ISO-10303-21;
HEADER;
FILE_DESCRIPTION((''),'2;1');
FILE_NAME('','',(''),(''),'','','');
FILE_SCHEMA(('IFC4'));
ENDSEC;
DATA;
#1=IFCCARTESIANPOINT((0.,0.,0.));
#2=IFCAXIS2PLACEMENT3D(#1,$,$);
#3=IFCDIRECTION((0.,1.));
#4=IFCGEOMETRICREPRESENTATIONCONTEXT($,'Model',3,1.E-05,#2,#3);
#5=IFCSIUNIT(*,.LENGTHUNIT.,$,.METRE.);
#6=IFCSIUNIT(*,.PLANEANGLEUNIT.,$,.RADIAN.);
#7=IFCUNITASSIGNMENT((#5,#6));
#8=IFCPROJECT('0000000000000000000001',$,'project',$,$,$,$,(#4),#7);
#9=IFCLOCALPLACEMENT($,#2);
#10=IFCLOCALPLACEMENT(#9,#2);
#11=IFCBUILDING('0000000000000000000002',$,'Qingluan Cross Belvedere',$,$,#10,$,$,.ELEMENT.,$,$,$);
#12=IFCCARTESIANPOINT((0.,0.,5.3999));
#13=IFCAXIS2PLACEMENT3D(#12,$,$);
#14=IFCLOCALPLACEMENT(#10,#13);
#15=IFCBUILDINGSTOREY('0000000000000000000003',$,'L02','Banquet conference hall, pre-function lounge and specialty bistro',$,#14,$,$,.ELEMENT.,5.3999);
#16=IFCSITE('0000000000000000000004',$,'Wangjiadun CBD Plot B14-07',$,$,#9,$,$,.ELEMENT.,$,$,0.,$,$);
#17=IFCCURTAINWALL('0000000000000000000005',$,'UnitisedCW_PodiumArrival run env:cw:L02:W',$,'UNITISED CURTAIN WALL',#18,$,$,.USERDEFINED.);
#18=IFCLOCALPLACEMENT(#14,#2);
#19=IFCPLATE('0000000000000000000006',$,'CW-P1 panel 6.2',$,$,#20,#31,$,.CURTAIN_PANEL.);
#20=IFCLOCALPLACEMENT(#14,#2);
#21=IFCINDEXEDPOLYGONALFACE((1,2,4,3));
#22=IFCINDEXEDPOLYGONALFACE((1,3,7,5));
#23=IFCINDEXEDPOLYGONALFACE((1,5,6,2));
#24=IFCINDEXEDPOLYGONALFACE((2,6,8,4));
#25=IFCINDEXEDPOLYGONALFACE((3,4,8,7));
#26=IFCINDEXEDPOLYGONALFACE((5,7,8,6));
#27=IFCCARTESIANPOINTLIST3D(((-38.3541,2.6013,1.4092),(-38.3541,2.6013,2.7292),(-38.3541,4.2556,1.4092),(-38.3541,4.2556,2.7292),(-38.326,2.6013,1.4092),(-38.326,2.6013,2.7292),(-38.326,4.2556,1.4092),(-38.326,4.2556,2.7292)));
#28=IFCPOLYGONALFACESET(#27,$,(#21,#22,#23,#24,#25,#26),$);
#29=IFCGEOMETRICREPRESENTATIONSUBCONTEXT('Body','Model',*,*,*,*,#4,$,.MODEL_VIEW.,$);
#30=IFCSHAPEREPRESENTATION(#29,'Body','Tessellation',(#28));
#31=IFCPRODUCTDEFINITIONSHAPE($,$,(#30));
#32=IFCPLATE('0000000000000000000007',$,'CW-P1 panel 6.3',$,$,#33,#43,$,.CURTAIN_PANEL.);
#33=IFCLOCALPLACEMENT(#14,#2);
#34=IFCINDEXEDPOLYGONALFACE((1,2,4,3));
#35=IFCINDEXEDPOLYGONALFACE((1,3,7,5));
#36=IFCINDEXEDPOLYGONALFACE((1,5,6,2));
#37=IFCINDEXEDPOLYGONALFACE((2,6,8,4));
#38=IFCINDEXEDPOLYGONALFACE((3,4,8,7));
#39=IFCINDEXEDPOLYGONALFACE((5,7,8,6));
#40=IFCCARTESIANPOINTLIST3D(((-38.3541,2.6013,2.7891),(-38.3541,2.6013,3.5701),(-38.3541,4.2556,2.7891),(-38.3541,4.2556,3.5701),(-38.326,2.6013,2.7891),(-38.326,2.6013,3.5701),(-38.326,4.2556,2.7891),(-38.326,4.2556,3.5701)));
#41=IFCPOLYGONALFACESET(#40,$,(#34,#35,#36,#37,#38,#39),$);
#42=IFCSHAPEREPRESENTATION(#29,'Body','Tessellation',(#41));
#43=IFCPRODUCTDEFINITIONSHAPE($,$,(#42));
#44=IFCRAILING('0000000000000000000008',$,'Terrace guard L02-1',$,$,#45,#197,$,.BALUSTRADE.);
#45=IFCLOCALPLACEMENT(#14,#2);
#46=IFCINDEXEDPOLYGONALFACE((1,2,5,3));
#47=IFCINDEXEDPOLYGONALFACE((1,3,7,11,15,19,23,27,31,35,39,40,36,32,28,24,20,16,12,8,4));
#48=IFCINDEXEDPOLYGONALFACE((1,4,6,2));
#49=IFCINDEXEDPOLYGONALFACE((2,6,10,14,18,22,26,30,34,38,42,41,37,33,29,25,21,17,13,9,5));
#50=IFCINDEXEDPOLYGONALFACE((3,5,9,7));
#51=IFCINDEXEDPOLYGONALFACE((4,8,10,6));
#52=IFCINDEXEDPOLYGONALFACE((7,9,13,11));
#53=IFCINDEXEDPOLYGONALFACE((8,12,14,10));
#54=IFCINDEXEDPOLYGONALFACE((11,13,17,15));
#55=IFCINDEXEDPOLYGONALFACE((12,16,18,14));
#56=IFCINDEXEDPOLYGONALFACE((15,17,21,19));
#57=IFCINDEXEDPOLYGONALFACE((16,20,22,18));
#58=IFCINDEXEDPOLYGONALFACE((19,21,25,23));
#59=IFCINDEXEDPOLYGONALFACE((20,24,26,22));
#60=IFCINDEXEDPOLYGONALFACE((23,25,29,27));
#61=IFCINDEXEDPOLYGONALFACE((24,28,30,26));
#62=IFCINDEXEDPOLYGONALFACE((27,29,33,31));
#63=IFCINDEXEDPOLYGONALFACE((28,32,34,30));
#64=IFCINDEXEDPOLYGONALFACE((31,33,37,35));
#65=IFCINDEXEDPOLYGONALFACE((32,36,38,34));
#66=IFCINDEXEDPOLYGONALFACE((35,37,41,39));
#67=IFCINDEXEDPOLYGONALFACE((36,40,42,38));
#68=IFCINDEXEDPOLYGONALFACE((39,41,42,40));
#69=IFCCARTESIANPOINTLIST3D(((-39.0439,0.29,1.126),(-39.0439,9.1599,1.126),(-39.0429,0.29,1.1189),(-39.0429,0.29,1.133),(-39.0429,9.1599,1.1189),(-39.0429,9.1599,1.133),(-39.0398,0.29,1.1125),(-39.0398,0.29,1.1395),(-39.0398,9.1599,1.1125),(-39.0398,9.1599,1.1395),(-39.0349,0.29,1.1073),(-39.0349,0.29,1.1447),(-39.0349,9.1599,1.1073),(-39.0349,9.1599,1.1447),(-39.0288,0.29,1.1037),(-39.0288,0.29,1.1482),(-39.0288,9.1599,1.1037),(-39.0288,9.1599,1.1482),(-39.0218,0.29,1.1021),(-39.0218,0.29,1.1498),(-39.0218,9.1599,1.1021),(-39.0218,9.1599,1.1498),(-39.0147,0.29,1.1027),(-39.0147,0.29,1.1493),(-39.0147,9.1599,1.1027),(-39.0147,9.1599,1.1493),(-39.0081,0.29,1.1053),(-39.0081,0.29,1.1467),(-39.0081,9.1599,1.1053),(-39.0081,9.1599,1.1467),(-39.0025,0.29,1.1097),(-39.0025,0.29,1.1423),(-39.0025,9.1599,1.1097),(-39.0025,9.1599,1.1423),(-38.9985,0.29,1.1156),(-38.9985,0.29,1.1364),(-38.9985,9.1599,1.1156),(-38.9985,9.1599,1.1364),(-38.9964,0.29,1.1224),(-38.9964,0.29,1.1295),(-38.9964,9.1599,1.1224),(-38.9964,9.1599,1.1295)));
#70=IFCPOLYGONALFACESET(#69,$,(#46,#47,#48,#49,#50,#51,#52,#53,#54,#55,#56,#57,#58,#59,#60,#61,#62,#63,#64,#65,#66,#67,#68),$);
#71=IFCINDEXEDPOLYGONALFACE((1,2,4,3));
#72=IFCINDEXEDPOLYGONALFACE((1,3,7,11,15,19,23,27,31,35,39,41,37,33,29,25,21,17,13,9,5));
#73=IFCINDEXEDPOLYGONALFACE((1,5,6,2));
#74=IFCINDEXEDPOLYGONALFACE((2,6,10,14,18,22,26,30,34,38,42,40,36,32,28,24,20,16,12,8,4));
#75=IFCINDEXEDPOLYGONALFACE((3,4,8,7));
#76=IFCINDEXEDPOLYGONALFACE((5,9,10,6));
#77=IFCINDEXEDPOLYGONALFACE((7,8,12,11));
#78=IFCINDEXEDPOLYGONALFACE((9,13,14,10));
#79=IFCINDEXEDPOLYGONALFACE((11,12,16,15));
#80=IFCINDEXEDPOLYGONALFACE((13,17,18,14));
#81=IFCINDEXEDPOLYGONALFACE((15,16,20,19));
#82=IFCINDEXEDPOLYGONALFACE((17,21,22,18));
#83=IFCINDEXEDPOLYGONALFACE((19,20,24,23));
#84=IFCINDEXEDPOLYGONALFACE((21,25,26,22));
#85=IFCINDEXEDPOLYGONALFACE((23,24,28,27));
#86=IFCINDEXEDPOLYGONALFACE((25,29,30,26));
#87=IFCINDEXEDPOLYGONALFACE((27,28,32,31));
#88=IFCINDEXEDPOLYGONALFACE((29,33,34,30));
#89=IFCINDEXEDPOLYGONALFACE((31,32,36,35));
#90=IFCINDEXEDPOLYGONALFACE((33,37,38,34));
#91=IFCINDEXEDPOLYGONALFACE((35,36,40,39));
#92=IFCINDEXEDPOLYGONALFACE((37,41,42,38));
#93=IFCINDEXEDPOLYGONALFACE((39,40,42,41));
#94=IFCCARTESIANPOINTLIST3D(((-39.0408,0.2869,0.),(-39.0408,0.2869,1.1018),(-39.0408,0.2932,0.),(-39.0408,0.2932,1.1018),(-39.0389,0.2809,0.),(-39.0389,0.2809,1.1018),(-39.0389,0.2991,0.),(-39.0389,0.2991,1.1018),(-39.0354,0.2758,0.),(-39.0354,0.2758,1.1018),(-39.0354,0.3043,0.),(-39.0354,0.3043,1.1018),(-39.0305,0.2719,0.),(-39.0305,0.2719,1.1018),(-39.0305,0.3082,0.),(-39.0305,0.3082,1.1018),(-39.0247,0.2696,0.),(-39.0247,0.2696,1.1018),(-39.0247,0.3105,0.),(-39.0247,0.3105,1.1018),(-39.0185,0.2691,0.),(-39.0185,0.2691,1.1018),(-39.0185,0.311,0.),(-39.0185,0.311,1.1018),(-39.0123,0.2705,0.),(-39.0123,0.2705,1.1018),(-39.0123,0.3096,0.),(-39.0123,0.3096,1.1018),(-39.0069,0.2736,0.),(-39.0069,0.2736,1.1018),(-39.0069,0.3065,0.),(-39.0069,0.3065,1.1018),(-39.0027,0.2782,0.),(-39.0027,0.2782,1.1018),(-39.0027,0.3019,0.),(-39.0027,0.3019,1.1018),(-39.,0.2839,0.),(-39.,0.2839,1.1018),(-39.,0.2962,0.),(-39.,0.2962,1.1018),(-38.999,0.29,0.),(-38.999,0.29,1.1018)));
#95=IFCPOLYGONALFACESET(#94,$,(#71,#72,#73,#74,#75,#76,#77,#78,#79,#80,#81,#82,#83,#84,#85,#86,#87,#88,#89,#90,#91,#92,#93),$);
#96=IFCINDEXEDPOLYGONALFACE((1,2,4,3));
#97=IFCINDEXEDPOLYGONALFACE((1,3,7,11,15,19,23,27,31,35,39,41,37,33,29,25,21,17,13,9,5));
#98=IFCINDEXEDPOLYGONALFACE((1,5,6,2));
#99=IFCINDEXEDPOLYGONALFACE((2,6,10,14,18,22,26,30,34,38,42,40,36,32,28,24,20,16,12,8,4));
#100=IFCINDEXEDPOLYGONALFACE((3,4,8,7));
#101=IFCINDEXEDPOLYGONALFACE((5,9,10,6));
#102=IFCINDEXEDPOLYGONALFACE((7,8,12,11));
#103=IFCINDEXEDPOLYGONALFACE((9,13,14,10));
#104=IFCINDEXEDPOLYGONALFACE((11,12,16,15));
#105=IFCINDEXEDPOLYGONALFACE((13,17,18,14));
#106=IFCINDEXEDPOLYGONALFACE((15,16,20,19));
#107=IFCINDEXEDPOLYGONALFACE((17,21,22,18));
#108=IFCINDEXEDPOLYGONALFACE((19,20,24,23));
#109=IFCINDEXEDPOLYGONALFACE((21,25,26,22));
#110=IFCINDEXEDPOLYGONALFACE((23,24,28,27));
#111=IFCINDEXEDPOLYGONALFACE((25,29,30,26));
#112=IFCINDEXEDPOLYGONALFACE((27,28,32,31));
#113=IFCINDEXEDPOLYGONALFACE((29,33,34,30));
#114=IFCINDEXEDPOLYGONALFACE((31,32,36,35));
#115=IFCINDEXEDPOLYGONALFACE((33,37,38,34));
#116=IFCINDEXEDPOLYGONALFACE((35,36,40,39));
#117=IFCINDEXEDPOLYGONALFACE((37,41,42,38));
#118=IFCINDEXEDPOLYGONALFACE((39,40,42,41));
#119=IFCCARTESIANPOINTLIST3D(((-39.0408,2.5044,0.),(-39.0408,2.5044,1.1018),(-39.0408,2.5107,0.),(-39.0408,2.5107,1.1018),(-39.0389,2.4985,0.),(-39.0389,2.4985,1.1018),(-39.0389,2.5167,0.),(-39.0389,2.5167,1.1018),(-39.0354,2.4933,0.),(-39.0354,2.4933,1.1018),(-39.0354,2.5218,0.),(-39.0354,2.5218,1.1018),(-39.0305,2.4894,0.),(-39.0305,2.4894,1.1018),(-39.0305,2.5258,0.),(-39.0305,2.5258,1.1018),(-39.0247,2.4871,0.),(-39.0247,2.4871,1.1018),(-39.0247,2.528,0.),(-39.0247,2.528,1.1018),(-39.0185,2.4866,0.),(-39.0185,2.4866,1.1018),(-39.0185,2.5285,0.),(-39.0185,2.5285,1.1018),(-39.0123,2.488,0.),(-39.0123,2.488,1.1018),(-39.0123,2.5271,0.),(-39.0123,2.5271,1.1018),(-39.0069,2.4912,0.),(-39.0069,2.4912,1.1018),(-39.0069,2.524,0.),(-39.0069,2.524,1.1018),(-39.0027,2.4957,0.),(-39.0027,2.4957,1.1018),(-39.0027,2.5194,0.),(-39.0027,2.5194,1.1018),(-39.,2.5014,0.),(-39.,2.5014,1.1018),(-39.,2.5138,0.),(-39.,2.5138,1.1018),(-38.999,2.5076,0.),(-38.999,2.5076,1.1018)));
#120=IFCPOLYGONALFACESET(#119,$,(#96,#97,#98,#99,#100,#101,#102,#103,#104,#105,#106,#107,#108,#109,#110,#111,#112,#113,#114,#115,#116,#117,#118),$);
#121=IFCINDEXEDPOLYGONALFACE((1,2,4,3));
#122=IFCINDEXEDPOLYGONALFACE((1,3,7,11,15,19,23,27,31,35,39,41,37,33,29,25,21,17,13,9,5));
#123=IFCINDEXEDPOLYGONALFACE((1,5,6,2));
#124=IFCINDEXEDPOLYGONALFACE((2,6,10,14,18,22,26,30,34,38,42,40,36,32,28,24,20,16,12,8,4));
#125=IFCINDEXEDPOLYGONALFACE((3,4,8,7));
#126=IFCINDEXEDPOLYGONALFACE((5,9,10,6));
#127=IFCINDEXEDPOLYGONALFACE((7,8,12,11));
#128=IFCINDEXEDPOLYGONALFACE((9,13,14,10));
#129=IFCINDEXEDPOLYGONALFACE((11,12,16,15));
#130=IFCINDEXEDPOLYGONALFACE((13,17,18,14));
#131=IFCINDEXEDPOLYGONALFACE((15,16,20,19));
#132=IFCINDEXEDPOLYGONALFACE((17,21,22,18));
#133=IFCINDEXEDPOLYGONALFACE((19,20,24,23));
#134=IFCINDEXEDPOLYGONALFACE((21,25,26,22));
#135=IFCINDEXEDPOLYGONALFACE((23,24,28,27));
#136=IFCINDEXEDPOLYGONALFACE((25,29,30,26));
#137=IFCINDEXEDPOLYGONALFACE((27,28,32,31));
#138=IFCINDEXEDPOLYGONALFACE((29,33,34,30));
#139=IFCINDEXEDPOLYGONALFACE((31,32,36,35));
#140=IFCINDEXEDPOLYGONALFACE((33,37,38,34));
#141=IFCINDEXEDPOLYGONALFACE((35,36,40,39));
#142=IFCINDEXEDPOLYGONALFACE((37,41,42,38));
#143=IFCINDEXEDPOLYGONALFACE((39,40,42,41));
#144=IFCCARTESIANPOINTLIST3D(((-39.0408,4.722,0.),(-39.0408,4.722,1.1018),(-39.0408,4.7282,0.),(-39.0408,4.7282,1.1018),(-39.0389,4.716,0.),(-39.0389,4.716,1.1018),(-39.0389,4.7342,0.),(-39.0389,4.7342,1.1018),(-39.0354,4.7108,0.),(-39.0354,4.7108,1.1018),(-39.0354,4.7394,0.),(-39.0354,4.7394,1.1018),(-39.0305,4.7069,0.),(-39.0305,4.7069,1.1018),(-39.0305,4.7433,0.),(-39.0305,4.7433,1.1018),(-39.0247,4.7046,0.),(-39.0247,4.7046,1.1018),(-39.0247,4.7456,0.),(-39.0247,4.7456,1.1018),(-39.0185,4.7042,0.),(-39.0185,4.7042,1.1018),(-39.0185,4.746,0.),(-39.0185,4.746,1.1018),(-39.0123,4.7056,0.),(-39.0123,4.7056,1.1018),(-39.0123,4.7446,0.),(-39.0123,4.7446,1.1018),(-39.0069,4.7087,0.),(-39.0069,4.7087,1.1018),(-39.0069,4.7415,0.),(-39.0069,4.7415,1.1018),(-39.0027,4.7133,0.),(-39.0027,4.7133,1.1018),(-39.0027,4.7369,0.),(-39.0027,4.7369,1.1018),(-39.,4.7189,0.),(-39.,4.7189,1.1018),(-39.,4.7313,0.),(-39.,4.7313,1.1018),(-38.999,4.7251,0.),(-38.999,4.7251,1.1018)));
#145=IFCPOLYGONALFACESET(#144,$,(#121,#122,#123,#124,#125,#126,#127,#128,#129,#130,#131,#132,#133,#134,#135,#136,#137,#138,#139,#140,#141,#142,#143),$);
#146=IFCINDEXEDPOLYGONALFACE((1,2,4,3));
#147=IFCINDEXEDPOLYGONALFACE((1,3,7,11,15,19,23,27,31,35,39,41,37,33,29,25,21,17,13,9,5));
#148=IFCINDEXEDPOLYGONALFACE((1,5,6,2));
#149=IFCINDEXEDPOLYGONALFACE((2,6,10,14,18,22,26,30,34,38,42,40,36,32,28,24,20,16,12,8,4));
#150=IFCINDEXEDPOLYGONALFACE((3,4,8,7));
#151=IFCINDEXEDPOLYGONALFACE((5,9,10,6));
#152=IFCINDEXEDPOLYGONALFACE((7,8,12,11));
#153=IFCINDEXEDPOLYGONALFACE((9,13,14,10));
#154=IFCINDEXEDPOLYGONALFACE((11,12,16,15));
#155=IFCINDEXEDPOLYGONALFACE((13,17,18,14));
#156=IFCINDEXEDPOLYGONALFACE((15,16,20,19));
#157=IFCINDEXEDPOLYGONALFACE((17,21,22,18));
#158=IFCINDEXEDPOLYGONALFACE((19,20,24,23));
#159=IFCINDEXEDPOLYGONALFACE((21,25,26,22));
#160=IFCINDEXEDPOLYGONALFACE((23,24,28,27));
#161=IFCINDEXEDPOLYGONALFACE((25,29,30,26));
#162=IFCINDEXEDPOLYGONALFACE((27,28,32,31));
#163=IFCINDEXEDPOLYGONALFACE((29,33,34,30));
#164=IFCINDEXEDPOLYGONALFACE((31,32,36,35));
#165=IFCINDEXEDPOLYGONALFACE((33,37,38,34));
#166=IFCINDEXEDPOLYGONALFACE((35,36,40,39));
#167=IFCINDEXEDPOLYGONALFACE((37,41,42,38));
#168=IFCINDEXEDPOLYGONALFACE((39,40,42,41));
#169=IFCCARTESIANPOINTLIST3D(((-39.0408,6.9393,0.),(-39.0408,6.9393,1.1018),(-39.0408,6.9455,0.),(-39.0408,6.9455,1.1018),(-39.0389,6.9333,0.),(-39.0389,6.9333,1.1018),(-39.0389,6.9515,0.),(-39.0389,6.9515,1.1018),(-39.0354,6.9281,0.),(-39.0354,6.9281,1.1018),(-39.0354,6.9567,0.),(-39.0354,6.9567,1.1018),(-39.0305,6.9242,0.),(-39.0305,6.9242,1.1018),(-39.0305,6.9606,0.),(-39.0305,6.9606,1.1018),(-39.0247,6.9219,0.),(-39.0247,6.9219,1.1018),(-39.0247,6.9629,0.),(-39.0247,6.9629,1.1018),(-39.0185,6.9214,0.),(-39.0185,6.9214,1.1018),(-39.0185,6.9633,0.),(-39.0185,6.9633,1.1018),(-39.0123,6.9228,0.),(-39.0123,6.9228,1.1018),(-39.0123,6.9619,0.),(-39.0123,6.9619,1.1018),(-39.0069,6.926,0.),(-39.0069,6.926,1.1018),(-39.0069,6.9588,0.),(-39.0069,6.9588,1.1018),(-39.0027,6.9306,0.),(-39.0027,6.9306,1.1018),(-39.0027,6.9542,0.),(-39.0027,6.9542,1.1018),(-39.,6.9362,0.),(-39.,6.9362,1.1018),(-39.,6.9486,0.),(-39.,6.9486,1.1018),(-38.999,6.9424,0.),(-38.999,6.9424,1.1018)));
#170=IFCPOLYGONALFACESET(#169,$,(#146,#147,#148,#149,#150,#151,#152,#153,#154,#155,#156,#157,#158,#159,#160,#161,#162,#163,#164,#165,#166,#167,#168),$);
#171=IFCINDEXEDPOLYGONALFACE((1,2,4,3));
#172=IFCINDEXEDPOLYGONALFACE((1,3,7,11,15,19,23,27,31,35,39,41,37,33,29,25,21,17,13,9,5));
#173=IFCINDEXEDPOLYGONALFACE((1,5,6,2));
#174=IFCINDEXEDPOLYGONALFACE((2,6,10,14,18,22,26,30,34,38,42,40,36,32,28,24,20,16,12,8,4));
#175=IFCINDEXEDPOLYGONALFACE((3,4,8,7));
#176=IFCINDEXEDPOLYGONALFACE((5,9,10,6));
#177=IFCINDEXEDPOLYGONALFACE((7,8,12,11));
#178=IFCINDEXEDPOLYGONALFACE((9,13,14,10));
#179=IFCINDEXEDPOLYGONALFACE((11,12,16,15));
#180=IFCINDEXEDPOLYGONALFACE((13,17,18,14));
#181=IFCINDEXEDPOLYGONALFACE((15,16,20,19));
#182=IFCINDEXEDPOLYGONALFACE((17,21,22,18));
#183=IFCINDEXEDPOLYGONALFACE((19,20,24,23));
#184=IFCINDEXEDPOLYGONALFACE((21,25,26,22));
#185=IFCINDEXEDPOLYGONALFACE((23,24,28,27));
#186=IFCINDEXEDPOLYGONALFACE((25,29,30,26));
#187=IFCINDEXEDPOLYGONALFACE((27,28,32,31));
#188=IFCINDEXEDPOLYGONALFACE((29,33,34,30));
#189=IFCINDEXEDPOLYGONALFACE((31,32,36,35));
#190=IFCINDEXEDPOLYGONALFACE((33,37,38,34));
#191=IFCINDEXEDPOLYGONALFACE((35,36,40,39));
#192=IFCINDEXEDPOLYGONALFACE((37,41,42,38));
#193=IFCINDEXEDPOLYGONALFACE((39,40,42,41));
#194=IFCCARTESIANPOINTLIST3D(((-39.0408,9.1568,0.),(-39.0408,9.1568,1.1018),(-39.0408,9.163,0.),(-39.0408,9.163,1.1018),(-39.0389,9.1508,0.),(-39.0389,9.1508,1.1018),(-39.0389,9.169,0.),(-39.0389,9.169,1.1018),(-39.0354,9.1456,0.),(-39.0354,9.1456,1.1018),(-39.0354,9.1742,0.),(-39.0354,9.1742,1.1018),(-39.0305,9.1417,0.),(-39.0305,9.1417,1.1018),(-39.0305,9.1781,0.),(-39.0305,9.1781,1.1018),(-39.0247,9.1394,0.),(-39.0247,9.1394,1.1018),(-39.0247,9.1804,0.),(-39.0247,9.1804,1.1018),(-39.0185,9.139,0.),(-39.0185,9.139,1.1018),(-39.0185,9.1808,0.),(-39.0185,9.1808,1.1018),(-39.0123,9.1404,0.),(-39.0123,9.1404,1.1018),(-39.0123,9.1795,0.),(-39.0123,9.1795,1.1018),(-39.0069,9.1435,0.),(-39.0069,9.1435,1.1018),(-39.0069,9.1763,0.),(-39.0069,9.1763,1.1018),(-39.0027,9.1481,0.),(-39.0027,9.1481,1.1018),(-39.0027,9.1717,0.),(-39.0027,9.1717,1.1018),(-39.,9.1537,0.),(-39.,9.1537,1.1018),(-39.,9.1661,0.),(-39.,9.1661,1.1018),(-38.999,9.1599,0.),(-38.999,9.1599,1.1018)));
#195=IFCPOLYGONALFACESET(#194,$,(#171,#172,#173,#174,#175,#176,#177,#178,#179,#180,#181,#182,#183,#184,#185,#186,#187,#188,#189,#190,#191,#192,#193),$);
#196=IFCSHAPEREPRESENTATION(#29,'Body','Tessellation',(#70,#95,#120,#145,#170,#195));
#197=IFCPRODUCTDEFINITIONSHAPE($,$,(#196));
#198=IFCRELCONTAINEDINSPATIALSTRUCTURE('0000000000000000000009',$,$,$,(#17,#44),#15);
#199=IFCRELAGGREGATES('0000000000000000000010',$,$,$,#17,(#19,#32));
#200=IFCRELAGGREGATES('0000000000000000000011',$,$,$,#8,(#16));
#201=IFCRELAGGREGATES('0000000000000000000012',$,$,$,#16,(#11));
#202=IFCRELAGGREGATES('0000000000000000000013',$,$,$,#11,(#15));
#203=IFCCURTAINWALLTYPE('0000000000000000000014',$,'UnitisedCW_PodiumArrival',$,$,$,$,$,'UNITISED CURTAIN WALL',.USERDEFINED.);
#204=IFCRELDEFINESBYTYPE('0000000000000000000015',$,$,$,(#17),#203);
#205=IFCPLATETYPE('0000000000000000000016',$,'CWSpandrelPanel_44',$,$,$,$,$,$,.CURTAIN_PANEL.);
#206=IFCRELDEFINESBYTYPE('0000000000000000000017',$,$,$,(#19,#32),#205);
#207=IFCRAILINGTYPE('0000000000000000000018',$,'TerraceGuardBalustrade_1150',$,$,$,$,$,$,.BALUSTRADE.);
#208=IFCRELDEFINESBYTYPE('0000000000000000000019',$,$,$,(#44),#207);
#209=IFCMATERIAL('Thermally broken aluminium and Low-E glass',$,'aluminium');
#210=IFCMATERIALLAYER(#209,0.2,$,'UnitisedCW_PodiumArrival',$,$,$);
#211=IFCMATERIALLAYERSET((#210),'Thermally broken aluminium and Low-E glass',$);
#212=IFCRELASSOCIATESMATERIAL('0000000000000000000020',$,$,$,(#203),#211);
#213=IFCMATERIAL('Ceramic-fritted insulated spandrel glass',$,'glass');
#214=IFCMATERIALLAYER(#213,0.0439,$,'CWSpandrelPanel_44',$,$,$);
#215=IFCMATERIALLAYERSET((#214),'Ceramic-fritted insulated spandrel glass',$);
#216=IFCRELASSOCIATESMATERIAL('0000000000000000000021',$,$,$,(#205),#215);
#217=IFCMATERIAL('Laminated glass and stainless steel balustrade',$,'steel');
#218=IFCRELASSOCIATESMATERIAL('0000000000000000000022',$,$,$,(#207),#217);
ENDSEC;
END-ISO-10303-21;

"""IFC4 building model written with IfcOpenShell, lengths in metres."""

from ifc_helpers import new_model, si_unit, direction, frame, origin, origin_2d, place, context, subcontext, project, spatial, rectangle, circle, extrude, material, layer, layer_set, type_object, element, aggregate, save


model = new_model("IFC4")

# Units and contexts
model_context = context("Model", 3, precision=1e-05, world=origin(), true_north=direction((0.0, 1.0)))
body_context = subcontext(model_context, "Body", "Model", "MODEL_VIEW")
ifc_project = project(units=[si_unit("LENGTHUNIT", "METRE"), si_unit("PLANEANGLEUNIT", "RADIAN")], contexts=[model_context])

# Site, building, storey
site_placement = place(None, origin())
site = spatial("IfcSite", under=ifc_project, at=site_placement, Name="Wangjiadun CBD Plot B14-07", CompositionType="ELEMENT", RefElevation=0.0)
building_placement = place(site_placement, origin())
building = spatial("IfcBuilding", under=site, at=building_placement, Name="Qingluan Cross Belvedere", CompositionType="ELEMENT")
storey_placement = place(building_placement, frame((0.0, 0.0, 5.3999)))
storey = spatial("IfcBuildingStorey", under=building, at=storey_placement, Name="L02", Description="Banquet conference hall, pre-function lounge and specialty bistro", CompositionType="ELEMENT", Elevation=5.3999)

# Curtain wall, plates
ifc_material_1 = material(Name="Thermally broken aluminium and Low-E glass", Category="aluminium")
ifc_layer_1 = layer(ifc_material_1, 0.2, Name="UnitisedCW_PodiumArrival")
ifc_layer_set_1 = layer_set([ifc_layer_1], Name="Thermally broken aluminium and Low-E glass")
curtain_wall_type = type_object("IfcCurtainWallType", Name="UnitisedCW_PodiumArrival", ElementType="UNITISED CURTAIN WALL", PredefinedType="USERDEFINED", material=ifc_layer_set_1)
curtain_wall_placement = place(storey_placement, origin())
curtain_wall = element("IfcCurtainWall", 1, at=curtain_wall_placement, inside=storey, type_object=curtain_wall_type, Name="UnitisedCW_PodiumArrival run env:cw:L02:W", ObjectType="UNITISED CURTAIN WALL", PredefinedType="USERDEFINED")
ifc_material_2 = material(Name="Ceramic-fritted insulated spandrel glass", Category="glass")
ifc_layer_2 = layer(ifc_material_2, 0.0439, Name="CWSpandrelPanel_44")
ifc_layer_set_2 = layer_set([ifc_layer_2], Name="Ceramic-fritted insulated spandrel glass")
plate_type = type_object("IfcPlateType", Name="CWSpandrelPanel_44", PredefinedType="CURTAIN_PANEL", material=ifc_layer_set_2)
plate_1_placement = place(storey_placement, frame((-38.3401, 3.4285, 1.4092), z_axis=(0.0, 0.0, 1.0), x_axis=(0.0, 1.0, 0.0)))
plate_1 = element("IfcPlate", 2, at=plate_1_placement, type_object=plate_type, Name="CW-P1 panel 6.2", PredefinedType="CURTAIN_PANEL", context=body_context, shape_type="SweptSolid", body=[
    extrude(rectangle(XDim=1.6543, YDim=0.0281, at=origin_2d()), origin(), (0.0, 0.0, 1.0), 1.3201),
])
plate_2_placement = place(storey_placement, frame((-38.3401, 3.4285, 2.7891), z_axis=(0.0, 0.0, 1.0), x_axis=(0.0, 1.0, 0.0)))
plate_2 = element("IfcPlate", 3, at=plate_2_placement, type_object=plate_type, Name="CW-P1 panel 6.3", PredefinedType="CURTAIN_PANEL", context=body_context, shape_type="SweptSolid", body=[
    extrude(rectangle(XDim=1.6543, YDim=0.0281, at=origin_2d()), origin(), (0.0, 0.0, 1.0), 0.781),
])
aggregate(curtain_wall, [plate_1, plate_2])

# Railing
ifc_material_3 = material(Name="Laminated glass and stainless steel balustrade", Category="steel")
railing_type = type_object("IfcRailingType", Name="TerraceGuardBalustrade_1150", PredefinedType="BALUSTRADE", material=ifc_material_3)
railing_placement = place(storey_placement, frame((-39.02, 0.29, 0.0)))
element("IfcRailing", 4, at=railing_placement, inside=storey, type_object=railing_type, Name="Terrace guard L02-1", PredefinedType="BALUSTRADE", context=body_context, shape_type="SweptSolid", body=[
    extrude(circle(Radius=0.0239, at=origin_2d()), frame((0.0, 0.0, 1.126), z_axis=(0.0, 1.0, 0.0), x_axis=(-1.0, 0.0, 0.0)), (0.0, 0.0, 1.0), 8.8699),
    extrude(circle(Radius=0.021, at=origin_2d()), origin(), (0.0, 0.0, 1.0), 1.1018),
    extrude(circle(Radius=0.021, at=origin_2d()), frame((0.0, 2.2175, 0.0)), (0.0, 0.0, 1.0), 1.1018),
    extrude(circle(Radius=0.021, at=origin_2d()), frame((0.0, 4.4351, 0.0)), (0.0, 0.0, 1.0), 1.1018),
    extrude(circle(Radius=0.021, at=origin_2d()), frame((0.0, 6.6523, 0.0)), (0.0, 0.0, 1.0), 1.1018),
    extrude(circle(Radius=0.021, at=origin_2d()), frame((0.0, 8.8699, 0.0)), (0.0, 0.0, 1.0), 1.1018),
])

save(model, "model.ifc")
